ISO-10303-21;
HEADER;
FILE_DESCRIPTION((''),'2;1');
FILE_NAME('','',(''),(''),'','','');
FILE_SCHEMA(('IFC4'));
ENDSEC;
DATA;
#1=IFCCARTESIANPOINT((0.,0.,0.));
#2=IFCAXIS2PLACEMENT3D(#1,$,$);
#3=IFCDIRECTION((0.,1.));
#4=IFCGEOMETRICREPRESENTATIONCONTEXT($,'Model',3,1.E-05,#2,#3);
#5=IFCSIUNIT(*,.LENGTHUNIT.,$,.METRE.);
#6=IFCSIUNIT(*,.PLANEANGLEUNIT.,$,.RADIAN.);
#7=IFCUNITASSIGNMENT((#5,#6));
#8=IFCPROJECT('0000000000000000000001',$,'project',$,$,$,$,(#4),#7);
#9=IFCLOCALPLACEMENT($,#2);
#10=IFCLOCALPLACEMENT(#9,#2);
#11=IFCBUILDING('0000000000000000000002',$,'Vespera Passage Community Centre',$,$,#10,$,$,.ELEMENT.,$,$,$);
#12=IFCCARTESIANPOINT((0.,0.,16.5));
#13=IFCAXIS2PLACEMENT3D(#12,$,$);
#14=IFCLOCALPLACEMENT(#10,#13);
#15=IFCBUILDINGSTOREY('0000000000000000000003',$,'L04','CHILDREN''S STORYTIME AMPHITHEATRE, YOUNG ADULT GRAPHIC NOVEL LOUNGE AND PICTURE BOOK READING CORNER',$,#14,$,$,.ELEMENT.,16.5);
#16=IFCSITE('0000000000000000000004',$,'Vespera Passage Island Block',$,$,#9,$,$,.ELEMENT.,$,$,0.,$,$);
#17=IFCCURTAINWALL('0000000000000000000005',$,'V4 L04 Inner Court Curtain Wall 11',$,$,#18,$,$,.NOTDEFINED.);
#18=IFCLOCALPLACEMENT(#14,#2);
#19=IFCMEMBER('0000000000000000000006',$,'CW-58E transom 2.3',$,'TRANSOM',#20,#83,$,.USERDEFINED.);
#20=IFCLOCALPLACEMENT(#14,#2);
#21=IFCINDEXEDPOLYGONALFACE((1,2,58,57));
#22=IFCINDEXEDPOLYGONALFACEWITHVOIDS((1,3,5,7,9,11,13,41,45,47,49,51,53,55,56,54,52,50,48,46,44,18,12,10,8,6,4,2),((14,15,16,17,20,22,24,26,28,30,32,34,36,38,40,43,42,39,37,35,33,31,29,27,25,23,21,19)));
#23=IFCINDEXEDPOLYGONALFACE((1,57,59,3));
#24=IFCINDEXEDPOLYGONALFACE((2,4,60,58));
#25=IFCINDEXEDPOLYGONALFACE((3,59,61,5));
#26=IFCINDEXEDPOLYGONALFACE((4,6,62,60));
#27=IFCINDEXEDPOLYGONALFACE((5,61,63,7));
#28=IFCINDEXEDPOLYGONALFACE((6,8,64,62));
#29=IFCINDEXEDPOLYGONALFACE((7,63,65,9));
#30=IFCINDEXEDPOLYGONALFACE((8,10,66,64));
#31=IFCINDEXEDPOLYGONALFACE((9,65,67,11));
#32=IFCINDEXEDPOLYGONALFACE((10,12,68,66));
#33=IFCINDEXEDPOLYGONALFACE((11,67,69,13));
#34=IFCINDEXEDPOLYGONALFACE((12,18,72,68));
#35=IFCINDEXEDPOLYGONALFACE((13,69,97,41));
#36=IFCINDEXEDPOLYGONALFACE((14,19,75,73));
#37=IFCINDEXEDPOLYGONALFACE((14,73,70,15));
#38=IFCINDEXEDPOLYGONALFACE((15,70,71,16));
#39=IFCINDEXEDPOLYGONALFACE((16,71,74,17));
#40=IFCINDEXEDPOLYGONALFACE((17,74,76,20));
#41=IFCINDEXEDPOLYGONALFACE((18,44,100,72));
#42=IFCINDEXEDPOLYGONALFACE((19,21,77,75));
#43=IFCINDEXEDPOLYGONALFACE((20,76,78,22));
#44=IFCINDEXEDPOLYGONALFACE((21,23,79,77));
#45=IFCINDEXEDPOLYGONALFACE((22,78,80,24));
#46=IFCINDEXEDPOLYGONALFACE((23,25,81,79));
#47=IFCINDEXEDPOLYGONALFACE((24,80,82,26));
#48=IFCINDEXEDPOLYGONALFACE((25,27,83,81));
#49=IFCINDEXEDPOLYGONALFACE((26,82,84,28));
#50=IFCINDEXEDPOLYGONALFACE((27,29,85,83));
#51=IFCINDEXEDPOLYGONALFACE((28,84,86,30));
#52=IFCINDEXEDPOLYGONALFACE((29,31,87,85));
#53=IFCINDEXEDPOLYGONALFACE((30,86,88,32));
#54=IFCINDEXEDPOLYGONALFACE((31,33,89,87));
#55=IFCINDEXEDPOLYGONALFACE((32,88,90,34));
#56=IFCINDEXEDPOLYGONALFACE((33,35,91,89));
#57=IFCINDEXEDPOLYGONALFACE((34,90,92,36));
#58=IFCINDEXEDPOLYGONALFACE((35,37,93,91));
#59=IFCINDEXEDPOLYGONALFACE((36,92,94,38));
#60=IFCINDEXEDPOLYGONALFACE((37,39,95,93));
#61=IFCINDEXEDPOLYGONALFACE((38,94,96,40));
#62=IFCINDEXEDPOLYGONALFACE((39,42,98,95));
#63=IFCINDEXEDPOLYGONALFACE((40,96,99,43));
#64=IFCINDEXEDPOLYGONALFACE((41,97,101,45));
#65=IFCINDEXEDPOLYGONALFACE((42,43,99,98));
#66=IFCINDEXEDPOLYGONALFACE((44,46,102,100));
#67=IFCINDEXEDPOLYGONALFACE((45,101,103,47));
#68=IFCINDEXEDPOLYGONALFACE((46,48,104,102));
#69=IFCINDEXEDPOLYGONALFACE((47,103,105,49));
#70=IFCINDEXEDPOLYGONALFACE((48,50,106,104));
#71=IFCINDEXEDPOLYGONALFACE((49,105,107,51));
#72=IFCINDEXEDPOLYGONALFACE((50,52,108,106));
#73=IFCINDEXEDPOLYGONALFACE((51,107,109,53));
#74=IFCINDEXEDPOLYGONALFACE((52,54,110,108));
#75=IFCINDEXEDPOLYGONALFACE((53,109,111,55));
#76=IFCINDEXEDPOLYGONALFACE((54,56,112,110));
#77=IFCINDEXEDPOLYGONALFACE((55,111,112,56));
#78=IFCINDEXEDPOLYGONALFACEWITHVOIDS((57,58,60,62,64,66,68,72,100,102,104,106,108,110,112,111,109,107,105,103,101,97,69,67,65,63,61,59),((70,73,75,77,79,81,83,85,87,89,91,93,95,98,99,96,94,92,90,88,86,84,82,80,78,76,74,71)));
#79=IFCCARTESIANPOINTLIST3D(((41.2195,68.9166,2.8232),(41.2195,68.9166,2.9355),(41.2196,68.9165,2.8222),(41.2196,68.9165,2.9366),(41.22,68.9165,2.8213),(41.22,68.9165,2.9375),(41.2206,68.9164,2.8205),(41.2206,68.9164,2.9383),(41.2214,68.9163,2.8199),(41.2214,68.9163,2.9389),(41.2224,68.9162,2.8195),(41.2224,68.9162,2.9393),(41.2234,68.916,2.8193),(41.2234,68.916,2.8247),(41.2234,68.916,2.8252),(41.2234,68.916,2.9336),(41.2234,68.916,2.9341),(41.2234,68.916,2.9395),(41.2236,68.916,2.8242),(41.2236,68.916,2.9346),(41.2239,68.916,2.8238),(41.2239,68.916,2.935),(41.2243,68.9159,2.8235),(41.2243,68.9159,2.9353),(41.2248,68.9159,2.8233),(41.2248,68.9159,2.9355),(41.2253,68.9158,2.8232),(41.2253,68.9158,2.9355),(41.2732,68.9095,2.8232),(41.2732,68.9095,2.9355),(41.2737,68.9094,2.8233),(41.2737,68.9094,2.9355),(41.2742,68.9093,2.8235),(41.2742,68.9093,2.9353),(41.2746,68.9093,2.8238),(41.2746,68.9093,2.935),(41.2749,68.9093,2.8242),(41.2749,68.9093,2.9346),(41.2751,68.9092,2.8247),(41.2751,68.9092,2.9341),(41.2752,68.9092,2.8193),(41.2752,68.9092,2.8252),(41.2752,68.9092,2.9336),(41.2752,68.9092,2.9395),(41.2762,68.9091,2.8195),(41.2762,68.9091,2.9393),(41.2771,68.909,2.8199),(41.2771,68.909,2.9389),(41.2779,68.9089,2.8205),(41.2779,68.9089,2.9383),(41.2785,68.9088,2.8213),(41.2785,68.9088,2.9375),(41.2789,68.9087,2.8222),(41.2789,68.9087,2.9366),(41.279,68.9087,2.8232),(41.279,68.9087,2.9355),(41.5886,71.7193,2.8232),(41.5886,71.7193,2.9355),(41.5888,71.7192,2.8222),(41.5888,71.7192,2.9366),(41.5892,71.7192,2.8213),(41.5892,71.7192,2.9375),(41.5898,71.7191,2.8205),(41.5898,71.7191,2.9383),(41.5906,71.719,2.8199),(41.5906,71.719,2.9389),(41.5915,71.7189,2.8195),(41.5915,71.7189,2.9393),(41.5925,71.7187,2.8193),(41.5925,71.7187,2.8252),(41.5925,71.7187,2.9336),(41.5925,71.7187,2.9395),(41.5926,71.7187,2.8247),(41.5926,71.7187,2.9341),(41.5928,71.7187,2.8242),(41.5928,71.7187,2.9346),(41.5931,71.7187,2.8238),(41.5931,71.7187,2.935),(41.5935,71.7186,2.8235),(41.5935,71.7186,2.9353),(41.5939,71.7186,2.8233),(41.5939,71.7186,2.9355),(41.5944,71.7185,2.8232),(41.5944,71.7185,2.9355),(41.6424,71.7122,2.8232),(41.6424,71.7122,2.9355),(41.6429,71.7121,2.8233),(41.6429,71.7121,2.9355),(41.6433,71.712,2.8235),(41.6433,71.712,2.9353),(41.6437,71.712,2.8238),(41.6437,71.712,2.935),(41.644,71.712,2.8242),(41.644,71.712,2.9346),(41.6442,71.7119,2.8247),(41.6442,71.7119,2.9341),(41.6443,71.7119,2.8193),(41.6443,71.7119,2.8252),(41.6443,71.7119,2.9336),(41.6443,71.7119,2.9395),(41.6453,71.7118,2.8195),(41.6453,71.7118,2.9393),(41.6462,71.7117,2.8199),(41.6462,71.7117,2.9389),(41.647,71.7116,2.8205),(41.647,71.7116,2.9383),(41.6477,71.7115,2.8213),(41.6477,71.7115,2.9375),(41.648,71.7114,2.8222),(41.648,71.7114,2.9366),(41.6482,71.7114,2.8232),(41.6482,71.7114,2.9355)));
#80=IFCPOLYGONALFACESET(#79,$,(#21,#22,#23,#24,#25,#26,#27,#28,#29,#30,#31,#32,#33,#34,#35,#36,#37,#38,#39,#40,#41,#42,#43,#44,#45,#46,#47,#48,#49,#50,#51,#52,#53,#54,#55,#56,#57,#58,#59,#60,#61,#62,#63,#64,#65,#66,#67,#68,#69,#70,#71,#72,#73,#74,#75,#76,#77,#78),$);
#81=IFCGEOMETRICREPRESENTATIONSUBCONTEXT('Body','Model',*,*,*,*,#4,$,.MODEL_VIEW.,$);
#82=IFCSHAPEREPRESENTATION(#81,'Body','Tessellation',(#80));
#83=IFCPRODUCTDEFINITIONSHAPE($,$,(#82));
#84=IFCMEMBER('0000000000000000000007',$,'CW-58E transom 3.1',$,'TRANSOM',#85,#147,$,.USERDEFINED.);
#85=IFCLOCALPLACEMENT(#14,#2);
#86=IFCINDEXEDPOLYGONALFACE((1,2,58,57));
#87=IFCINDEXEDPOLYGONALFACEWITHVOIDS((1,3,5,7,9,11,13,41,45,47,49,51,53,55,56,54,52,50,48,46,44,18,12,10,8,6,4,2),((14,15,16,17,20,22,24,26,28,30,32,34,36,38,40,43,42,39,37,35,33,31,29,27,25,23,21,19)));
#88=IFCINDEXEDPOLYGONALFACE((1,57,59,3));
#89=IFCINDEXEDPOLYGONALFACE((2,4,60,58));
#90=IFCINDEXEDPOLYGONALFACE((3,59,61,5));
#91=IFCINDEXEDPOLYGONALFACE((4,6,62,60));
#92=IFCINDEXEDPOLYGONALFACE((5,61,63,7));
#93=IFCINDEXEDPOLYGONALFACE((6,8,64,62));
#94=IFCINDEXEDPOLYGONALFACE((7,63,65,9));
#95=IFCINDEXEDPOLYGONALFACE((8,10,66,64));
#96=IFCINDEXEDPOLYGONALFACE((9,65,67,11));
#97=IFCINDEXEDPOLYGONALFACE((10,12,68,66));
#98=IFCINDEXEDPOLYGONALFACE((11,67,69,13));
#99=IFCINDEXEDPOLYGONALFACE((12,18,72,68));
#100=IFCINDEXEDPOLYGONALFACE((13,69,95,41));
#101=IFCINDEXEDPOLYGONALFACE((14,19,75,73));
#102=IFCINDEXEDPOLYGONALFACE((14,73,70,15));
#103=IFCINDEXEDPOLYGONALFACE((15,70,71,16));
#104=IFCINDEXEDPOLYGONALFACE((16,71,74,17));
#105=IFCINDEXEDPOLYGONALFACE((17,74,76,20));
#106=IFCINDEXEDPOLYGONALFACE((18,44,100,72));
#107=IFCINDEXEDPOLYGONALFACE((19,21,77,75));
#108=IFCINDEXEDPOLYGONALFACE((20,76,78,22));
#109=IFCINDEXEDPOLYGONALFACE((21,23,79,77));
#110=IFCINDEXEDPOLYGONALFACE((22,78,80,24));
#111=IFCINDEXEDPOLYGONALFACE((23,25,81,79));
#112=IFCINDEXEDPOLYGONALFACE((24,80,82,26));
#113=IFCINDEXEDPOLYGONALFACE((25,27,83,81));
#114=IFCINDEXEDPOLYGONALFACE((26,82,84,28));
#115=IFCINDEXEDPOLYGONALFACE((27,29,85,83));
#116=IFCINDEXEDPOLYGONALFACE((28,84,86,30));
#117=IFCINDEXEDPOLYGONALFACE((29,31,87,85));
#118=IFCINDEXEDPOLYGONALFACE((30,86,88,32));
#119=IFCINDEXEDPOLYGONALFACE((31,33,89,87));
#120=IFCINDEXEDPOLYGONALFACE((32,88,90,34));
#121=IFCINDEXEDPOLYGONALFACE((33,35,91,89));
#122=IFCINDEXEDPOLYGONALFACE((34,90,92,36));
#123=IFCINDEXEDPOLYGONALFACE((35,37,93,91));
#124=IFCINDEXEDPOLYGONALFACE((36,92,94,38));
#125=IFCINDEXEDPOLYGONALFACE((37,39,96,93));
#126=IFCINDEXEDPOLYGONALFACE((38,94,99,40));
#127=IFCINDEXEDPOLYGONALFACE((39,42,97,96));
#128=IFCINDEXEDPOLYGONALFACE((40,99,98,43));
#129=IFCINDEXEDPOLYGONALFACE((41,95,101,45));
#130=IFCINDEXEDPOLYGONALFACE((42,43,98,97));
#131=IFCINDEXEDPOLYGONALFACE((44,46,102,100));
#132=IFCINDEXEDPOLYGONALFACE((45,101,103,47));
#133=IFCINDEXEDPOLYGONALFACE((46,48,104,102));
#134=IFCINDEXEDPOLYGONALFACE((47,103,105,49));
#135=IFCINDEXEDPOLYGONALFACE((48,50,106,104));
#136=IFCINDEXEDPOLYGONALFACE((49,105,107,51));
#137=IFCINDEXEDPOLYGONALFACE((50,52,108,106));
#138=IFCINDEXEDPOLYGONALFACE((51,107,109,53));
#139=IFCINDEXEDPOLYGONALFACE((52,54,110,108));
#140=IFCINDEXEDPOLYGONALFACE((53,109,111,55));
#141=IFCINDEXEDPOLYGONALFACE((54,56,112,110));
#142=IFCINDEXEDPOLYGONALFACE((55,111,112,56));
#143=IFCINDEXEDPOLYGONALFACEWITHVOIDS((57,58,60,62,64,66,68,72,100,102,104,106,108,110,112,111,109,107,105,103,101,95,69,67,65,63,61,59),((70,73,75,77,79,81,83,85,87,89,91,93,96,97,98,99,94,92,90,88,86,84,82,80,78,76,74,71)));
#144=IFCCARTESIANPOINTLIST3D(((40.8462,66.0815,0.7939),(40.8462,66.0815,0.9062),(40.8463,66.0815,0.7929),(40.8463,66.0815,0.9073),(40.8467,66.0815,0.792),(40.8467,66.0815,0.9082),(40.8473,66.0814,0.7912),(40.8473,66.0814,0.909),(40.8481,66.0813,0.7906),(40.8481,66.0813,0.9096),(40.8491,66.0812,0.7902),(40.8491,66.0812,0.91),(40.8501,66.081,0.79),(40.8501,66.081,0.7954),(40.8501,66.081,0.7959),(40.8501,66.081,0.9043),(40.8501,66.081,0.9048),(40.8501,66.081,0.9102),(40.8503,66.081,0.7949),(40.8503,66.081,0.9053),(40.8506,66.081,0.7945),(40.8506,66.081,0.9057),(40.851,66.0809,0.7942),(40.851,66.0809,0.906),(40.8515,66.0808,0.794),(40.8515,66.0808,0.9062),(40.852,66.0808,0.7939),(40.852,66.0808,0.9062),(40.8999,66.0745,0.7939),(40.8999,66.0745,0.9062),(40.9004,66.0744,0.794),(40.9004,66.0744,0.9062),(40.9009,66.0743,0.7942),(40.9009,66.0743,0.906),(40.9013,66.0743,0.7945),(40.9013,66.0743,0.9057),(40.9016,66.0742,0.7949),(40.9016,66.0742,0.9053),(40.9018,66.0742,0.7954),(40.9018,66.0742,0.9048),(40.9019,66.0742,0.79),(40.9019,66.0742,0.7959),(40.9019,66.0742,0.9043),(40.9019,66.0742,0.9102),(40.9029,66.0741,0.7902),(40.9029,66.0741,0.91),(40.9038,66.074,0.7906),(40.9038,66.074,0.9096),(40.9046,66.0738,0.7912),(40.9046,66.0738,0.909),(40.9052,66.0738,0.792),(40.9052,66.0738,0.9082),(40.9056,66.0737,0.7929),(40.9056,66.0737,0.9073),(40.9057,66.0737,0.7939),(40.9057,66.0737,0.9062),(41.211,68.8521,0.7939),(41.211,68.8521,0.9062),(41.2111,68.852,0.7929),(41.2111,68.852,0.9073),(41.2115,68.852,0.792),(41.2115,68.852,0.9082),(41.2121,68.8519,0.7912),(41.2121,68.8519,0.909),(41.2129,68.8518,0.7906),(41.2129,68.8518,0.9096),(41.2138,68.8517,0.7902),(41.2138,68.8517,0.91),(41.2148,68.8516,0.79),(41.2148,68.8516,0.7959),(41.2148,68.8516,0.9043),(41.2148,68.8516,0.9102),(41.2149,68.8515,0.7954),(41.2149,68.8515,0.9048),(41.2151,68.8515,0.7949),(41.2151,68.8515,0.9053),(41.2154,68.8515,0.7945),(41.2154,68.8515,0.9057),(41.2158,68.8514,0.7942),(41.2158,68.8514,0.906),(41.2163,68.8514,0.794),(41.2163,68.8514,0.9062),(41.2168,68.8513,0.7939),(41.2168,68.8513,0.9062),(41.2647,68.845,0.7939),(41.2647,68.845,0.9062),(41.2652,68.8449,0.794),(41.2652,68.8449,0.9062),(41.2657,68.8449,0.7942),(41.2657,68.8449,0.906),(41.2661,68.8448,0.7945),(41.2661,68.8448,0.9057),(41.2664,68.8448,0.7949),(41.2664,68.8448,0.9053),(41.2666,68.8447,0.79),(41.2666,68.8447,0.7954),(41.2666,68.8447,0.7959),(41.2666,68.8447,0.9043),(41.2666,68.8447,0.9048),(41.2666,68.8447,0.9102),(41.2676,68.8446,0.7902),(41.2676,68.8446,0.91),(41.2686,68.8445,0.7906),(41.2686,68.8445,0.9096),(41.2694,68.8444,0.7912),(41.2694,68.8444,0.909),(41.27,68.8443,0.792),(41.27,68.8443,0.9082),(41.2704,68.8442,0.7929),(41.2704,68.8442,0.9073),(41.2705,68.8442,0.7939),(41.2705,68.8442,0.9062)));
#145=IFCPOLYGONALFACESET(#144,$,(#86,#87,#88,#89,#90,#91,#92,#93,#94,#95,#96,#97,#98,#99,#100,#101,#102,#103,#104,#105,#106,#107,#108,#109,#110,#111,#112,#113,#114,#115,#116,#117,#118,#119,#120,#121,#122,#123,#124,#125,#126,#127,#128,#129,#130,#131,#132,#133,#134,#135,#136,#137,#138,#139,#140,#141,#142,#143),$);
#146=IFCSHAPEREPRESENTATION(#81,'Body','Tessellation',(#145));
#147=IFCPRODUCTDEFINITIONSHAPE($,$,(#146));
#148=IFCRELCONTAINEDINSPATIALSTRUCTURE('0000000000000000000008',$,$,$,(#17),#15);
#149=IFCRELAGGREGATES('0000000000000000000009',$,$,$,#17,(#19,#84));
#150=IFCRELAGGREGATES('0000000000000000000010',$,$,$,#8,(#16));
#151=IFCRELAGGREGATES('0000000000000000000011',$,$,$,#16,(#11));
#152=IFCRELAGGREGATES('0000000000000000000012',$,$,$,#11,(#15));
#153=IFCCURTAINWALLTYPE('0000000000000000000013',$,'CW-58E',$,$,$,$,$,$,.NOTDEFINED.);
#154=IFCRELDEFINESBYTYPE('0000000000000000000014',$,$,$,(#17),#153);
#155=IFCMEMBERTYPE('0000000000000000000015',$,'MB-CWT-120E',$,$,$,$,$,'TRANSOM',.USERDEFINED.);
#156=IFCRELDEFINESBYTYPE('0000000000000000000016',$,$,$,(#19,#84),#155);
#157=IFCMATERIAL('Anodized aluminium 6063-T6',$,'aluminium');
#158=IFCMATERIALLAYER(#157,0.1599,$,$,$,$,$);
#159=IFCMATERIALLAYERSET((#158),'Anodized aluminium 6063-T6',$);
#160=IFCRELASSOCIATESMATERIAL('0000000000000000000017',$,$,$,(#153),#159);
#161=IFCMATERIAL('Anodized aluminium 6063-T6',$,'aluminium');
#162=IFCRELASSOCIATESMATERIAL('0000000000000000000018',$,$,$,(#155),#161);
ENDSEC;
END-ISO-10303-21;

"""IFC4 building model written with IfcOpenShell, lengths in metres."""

from ifc_helpers import new_model, si_unit, direction, frame, origin, origin_2d, place, context, subcontext, project, spatial, hollow_rectangle, extrude, material, layer, layer_set, material_profile, profile_set, type_object, element, aggregate, save


model = new_model("IFC4")

# Units and contexts
model_context = context("Model", 3, precision=1e-05, world=origin(), true_north=direction((0.0, 1.0)))
body_context = subcontext(model_context, "Body", "Model", "MODEL_VIEW")
ifc_project = project(units=[si_unit("LENGTHUNIT", "METRE"), si_unit("PLANEANGLEUNIT", "RADIAN")], contexts=[model_context])

# Site, building, storey
site_placement = place(None, origin())
site = spatial("IfcSite", under=ifc_project, at=site_placement, Name="Vespera Passage Island Block", CompositionType="ELEMENT", RefElevation=0.0)
building_placement = place(site_placement, origin())
building = spatial("IfcBuilding", under=site, at=building_placement, Name="Vespera Passage Community Centre", CompositionType="ELEMENT")
storey_placement = place(building_placement, frame((0.0, 0.0, 16.5)))
storey = spatial("IfcBuildingStorey", under=building, at=storey_placement, Name="L04", Description="CHILDREN'S STORYTIME AMPHITHEATRE, YOUNG ADULT GRAPHIC NOVEL LOUNGE AND PICTURE BOOK READING CORNER", CompositionType="ELEMENT", Elevation=16.5)

# Curtain wall, members
ifc_material_1 = material(Name="Anodized aluminium 6063-T6", Category="aluminium")
ifc_layer_1 = layer(ifc_material_1, 0.1599)
ifc_layer_set_1 = layer_set([ifc_layer_1], Name="Anodized aluminium 6063-T6")
curtain_wall_type = type_object("IfcCurtainWallType", Name="CW-58E", PredefinedType="NOTDEFINED", material=ifc_layer_set_1)
curtain_wall_placement = place(storey_placement, origin())
curtain_wall = element("IfcCurtainWall", 1, at=curtain_wall_placement, inside=storey, type_object=curtain_wall_type, Name="V4 L04 Inner Court Curtain Wall 11", PredefinedType="NOTDEFINED")
ifc_material_2 = material(Name="Anodized aluminium 6063-T6", Category="aluminium")
ifc_material_profile_1 = material_profile(ifc_material_2, hollow_rectangle(XDim=0.0601, YDim=0.1201, WallThickness=0.0039, InnerFilletRadius=0.002, OuterFilletRadius=0.0039, at=origin_2d()), Name="ALU120X60X4")
ifc_profile_set_1 = profile_set([ifc_material_profile_1], Name="Anodized aluminium 6063-T6")
member_type_1 = type_object("IfcMemberType", Name="MB-CWT-120E", ElementType="TRANSOM", PredefinedType="USERDEFINED", material=ifc_profile_set_1)
member_1_placement = place(storey_placement, frame((41.6184, 71.7153, 2.8794), z_axis=(-0.13058, -0.991438, 0.0), x_axis=(0.991438, -0.13058, 0.0)))
member_1 = element("IfcMember", 2, at=member_1_placement, type_object=member_type_1, Name="CW-58E transom 2.3", ObjectType="TRANSOM", PredefinedType="USERDEFINED", context=body_context, shape_type="SweptSolid", body=[
    extrude(hollow_rectangle(XDim=0.0601, YDim=0.1201, WallThickness=0.0039, InnerFilletRadius=0.002, OuterFilletRadius=0.0039, at=origin_2d()), origin(), (0.0, 0.0, 1.0), 2.8269),
])
member_2_placement = place(storey_placement, frame((41.2407, 68.8481, 0.8501), z_axis=(-0.130527, -0.991445, 0.0), x_axis=(0.991445, -0.130527, 0.0)))
member_2 = element("IfcMember", 3, at=member_2_placement, type_object=member_type_1, Name="CW-58E transom 3.1", ObjectType="TRANSOM", PredefinedType="USERDEFINED", context=body_context, shape_type="SweptSolid", body=[
    extrude(hollow_rectangle(XDim=0.0601, YDim=0.1201, WallThickness=0.0039, InnerFilletRadius=0.002, OuterFilletRadius=0.0039, at=origin_2d()), origin(), (0.0, 0.0, 1.0), 2.7944),
])
aggregate(curtain_wall, [member_1, member_2])

save(model, "model.ifc")
